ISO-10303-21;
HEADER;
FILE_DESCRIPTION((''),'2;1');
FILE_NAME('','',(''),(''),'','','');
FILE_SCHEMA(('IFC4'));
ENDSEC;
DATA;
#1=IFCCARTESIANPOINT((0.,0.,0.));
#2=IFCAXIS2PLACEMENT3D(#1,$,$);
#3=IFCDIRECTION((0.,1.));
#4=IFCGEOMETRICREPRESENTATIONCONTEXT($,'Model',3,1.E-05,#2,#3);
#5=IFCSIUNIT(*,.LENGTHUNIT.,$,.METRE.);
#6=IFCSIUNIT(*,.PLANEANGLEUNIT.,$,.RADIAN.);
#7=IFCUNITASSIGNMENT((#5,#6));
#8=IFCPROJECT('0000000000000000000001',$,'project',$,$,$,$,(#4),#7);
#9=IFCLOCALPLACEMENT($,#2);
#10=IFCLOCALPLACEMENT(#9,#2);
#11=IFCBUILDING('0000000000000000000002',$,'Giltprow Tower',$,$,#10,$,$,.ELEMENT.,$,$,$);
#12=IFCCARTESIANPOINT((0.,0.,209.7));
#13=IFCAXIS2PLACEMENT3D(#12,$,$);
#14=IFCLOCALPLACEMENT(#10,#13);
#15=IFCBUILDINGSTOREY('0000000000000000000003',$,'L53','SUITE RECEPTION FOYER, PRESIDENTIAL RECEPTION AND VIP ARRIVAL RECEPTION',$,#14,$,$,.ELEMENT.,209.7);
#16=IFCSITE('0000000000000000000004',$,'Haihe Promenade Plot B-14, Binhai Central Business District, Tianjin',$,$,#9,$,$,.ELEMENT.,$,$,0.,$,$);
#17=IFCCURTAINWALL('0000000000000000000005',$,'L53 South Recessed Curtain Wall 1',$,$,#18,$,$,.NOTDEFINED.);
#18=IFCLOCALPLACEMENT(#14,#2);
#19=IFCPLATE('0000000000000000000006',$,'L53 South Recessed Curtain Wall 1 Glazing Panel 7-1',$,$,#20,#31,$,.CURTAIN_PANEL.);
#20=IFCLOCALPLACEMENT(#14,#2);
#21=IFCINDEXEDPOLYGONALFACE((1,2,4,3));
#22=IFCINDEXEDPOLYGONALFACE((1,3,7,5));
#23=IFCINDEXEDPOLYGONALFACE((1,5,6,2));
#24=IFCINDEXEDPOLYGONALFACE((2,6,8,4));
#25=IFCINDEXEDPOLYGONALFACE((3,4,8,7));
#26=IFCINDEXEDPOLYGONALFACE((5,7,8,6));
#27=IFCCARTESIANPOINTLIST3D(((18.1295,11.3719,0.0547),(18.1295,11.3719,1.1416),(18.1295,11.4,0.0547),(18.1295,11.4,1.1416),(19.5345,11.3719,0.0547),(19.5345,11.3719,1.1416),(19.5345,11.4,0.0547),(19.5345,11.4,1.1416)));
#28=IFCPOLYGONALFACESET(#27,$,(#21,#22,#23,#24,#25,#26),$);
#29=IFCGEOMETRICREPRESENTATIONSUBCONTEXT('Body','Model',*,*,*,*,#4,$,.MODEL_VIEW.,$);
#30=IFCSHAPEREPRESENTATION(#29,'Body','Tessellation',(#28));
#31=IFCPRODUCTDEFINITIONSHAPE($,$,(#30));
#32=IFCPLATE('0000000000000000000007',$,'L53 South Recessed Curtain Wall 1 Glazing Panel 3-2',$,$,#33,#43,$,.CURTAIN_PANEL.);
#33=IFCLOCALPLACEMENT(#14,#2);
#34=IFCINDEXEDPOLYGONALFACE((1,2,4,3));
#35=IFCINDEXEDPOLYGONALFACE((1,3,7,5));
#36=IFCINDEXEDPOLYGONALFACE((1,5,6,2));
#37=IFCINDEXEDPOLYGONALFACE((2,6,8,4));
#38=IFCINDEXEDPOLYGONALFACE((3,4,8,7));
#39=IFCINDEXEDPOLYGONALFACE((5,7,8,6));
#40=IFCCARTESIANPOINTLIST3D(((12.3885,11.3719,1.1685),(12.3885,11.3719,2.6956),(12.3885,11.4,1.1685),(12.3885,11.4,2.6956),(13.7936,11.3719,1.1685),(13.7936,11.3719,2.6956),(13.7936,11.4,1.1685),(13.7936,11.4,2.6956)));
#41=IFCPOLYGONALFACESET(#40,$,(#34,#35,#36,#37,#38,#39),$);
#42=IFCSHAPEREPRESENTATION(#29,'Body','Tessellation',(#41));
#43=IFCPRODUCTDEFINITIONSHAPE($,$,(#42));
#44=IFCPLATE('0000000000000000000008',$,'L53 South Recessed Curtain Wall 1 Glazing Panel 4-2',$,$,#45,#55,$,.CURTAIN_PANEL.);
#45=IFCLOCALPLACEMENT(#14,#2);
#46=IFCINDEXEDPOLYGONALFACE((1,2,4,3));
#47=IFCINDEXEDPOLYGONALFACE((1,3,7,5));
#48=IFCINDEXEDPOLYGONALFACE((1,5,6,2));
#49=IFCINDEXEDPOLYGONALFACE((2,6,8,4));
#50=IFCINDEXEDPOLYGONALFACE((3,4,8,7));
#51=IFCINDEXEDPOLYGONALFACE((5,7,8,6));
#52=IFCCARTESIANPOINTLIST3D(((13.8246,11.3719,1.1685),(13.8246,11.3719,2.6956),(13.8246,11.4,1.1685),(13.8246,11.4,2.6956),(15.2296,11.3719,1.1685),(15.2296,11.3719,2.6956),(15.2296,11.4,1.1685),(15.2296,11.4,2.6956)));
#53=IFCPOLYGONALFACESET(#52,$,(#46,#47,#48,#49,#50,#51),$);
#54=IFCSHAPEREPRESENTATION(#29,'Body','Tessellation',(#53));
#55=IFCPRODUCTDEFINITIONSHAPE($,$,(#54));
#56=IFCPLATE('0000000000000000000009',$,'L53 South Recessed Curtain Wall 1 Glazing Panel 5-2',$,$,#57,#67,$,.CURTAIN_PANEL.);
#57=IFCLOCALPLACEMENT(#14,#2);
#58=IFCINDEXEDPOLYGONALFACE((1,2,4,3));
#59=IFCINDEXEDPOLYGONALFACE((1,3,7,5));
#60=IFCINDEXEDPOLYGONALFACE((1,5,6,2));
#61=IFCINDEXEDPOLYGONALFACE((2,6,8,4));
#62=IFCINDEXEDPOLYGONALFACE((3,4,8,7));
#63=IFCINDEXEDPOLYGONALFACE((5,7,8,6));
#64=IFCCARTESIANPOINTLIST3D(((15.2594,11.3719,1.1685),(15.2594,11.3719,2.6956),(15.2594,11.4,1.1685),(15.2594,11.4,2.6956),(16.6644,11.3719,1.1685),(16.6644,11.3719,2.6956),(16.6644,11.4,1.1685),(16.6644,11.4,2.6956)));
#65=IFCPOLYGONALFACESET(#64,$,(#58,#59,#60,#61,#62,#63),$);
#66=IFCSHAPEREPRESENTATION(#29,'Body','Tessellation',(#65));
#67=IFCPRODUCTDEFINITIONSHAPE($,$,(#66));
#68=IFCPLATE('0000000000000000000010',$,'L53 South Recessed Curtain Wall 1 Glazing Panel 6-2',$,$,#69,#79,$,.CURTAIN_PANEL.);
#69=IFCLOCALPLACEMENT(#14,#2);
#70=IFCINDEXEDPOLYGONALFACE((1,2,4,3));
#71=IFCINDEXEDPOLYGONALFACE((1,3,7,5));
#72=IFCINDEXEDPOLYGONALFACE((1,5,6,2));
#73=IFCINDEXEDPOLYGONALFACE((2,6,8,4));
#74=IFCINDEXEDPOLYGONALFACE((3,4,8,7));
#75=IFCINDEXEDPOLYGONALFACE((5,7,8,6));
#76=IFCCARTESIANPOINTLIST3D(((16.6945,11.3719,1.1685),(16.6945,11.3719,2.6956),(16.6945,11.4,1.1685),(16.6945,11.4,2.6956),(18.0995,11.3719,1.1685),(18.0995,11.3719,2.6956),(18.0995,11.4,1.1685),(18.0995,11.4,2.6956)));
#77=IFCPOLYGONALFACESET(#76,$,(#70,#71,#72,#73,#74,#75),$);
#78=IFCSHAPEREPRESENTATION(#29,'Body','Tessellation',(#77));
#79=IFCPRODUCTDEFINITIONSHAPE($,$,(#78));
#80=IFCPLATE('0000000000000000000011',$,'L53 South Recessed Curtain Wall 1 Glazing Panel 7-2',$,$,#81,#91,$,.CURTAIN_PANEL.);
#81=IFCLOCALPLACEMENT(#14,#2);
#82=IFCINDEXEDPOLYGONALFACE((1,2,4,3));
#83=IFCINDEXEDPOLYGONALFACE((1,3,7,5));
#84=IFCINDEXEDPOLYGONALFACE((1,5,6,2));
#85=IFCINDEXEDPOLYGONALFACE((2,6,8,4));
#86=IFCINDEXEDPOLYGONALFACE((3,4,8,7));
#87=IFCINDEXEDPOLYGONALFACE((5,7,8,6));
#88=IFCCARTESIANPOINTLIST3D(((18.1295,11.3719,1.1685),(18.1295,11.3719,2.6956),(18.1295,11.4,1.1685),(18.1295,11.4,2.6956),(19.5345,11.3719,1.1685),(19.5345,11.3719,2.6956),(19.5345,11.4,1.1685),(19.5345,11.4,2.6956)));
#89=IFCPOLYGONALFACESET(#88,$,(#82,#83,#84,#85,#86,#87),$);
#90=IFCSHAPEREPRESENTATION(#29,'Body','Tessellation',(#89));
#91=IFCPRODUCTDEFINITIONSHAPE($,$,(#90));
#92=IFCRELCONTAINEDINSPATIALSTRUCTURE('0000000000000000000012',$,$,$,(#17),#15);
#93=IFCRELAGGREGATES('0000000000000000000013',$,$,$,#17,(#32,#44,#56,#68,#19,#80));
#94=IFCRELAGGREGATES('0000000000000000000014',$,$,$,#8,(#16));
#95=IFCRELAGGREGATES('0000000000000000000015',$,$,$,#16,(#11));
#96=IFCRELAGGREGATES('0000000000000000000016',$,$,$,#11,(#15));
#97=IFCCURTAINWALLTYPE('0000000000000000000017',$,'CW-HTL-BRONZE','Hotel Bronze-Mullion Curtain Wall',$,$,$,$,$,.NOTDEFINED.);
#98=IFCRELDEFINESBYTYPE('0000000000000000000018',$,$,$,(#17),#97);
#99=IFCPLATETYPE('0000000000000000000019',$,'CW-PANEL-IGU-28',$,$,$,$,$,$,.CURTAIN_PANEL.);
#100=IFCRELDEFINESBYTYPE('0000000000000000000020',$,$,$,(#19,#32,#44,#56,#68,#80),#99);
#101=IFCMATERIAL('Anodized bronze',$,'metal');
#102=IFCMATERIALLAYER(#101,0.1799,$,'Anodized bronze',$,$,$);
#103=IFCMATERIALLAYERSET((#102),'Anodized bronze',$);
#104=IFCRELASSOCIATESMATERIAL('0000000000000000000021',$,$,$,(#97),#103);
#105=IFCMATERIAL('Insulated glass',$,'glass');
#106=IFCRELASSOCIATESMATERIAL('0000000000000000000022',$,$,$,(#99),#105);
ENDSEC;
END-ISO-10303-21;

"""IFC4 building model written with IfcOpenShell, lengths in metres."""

from ifc_helpers import new_model, si_unit, direction, frame, origin, origin_2d, place, context, subcontext, project, spatial, rectangle, extrude, source, transform, mapped, material, layer, layer_set, type_object, element, aggregate, save


model = new_model("IFC4")

# Units and contexts
model_context = context("Model", 3, precision=1e-05, world=origin(), true_north=direction((0.0, 1.0)))
body_context = subcontext(model_context, "Body", "Model", "MODEL_VIEW")
ifc_project = project(units=[si_unit("LENGTHUNIT", "METRE"), si_unit("PLANEANGLEUNIT", "RADIAN")], contexts=[model_context])

# Site, building, storey
site_placement = place(None, origin())
site = spatial("IfcSite", under=ifc_project, at=site_placement, Name="Haihe Promenade Plot B-14, Binhai Central Business District, Tianjin", CompositionType="ELEMENT", RefElevation=0.0)
building_placement = place(site_placement, origin())
building = spatial("IfcBuilding", under=site, at=building_placement, Name="Giltprow Tower", CompositionType="ELEMENT")
storey_placement = place(building_placement, frame((0.0, 0.0, 209.7)))
storey = spatial("IfcBuildingStorey", under=building, at=storey_placement, Name="L53", Description="SUITE RECEPTION FOYER, PRESIDENTIAL RECEPTION AND VIP ARRIVAL RECEPTION", CompositionType="ELEMENT", Elevation=209.7)

# Curtain wall
ifc_material_1 = material(Name="Anodized bronze", Category="metal")
ifc_layer = layer(ifc_material_1, 0.1799, Name="Anodized bronze")
ifc_layer_set = layer_set([ifc_layer], Name="Anodized bronze")
curtain_wall_type = type_object("IfcCurtainWallType", Name="CW-HTL-BRONZE", Description="Hotel Bronze-Mullion Curtain Wall", PredefinedType="NOTDEFINED", material=ifc_layer_set)
curtain_wall_placement = place(storey_placement, origin())
curtain_wall = element("IfcCurtainWall", 1, at=curtain_wall_placement, inside=storey, type_object=curtain_wall_type, Name="L53 South Recessed Curtain Wall 1", PredefinedType="NOTDEFINED")

# Plates
ifc_material_2 = material(Name="Insulated glass", Category="glass")
plate_type_1 = type_object("IfcPlateType", Name="CW-PANEL-IGU-28", PredefinedType="CURTAIN_PANEL", material=ifc_material_2)
shared_shape_1 = source(origin(), body_context, "Body", "SweptSolid", [
    extrude(rectangle(XDim=1.405, YDim=0.0281, at=origin_2d()), origin(), (0.0, 0.0, 1.0), 1.0869),
])
plate_1_placement = place(storey_placement, frame((18.832, 11.386, 0.0547), z_axis=(0.0, 0.0, 1.0), x_axis=(1.0, 0.0, 0.0)))
plate_1 = element("IfcPlate", 2, at=plate_1_placement, type_object=plate_type_1, Name="L53 South Recessed Curtain Wall 1 Glazing Panel 7-1", PredefinedType="CURTAIN_PANEL", context=body_context, shape_type="MappedRepresentation", body=[
    mapped(shared_shape_1, transform((0.0, 0.0, 0.0), x_axis=(1.0, 0.0, 0.0), y_axis=(0.0, 1.0, 0.0), z_axis=(0.0, 0.0, 1.0), scale=1.0)),
])
shared_shape_2 = source(origin(), body_context, "Body", "SweptSolid", [
    extrude(rectangle(XDim=1.405, YDim=0.0281, at=origin_2d()), origin(), (0.0, 0.0, 1.0), 1.5271),
])
plate_2_placement = place(storey_placement, frame((13.0911, 11.386, 1.1685), z_axis=(0.0, 0.0, 1.0), x_axis=(1.0, 0.0, 0.0)))
plate_2 = element("IfcPlate", 3, at=plate_2_placement, type_object=plate_type_1, Name="L53 South Recessed Curtain Wall 1 Glazing Panel 3-2", PredefinedType="CURTAIN_PANEL", context=body_context, shape_type="MappedRepresentation", body=[
    mapped(shared_shape_2, transform((0.0, 0.0, 0.0), x_axis=(1.0, 0.0, 0.0), y_axis=(0.0, 1.0, 0.0), z_axis=(0.0, 0.0, 1.0), scale=1.0)),
])
plate_3_placement = place(storey_placement, frame((14.5271, 11.386, 1.1685), z_axis=(0.0, 0.0, 1.0), x_axis=(1.0, 0.0, 0.0)))
plate_3 = element("IfcPlate", 4, at=plate_3_placement, type_object=plate_type_1, Name="L53 South Recessed Curtain Wall 1 Glazing Panel 4-2", PredefinedType="CURTAIN_PANEL", context=body_context, shape_type="MappedRepresentation", body=[
    mapped(shared_shape_2, transform((0.0, 0.0, 0.0), x_axis=(1.0, 0.0, 0.0), y_axis=(0.0, 1.0, 0.0), z_axis=(0.0, 0.0, 1.0), scale=1.0)),
])
plate_4_placement = place(storey_placement, frame((15.9619, 11.386, 1.1685), z_axis=(0.0, 0.0, 1.0), x_axis=(1.0, 0.0, 0.0)))
plate_4 = element("IfcPlate", 5, at=plate_4_placement, type_object=plate_type_1, Name="L53 South Recessed Curtain Wall 1 Glazing Panel 5-2", PredefinedType="CURTAIN_PANEL", context=body_context, shape_type="MappedRepresentation", body=[
    mapped(shared_shape_2, transform((0.0, 0.0, 0.0), x_axis=(1.0, 0.0, 0.0), y_axis=(0.0, 1.0, 0.0), z_axis=(0.0, 0.0, 1.0), scale=1.0)),
])
plate_5_placement = place(storey_placement, frame((17.397, 11.386, 1.1685), z_axis=(0.0, 0.0, 1.0), x_axis=(1.0, 0.0, 0.0)))
plate_5 = element("IfcPlate", 6, at=plate_5_placement, type_object=plate_type_1, Name="L53 South Recessed Curtain Wall 1 Glazing Panel 6-2", PredefinedType="CURTAIN_PANEL", context=body_context, shape_type="MappedRepresentation", body=[
    mapped(shared_shape_2, transform((0.0, 0.0, 0.0), x_axis=(1.0, 0.0, 0.0), y_axis=(0.0, 1.0, 0.0), z_axis=(0.0, 0.0, 1.0), scale=1.0)),
])
plate_6_placement = place(storey_placement, frame((18.832, 11.386, 1.1685), z_axis=(0.0, 0.0, 1.0), x_axis=(1.0, 0.0, 0.0)))
plate_6 = element("IfcPlate", 7, at=plate_6_placement, type_object=plate_type_1, Name="L53 South Recessed Curtain Wall 1 Glazing Panel 7-2", PredefinedType="CURTAIN_PANEL", context=body_context, shape_type="MappedRepresentation", body=[
    mapped(shared_shape_2, transform((0.0, 0.0, 0.0), x_axis=(1.0, 0.0, 0.0), y_axis=(0.0, 1.0, 0.0), z_axis=(0.0, 0.0, 1.0), scale=1.0)),
])
aggregate(curtain_wall, [plate_2, plate_3, plate_4, plate_5, plate_1, plate_6])

save(model, "model.ifc")
